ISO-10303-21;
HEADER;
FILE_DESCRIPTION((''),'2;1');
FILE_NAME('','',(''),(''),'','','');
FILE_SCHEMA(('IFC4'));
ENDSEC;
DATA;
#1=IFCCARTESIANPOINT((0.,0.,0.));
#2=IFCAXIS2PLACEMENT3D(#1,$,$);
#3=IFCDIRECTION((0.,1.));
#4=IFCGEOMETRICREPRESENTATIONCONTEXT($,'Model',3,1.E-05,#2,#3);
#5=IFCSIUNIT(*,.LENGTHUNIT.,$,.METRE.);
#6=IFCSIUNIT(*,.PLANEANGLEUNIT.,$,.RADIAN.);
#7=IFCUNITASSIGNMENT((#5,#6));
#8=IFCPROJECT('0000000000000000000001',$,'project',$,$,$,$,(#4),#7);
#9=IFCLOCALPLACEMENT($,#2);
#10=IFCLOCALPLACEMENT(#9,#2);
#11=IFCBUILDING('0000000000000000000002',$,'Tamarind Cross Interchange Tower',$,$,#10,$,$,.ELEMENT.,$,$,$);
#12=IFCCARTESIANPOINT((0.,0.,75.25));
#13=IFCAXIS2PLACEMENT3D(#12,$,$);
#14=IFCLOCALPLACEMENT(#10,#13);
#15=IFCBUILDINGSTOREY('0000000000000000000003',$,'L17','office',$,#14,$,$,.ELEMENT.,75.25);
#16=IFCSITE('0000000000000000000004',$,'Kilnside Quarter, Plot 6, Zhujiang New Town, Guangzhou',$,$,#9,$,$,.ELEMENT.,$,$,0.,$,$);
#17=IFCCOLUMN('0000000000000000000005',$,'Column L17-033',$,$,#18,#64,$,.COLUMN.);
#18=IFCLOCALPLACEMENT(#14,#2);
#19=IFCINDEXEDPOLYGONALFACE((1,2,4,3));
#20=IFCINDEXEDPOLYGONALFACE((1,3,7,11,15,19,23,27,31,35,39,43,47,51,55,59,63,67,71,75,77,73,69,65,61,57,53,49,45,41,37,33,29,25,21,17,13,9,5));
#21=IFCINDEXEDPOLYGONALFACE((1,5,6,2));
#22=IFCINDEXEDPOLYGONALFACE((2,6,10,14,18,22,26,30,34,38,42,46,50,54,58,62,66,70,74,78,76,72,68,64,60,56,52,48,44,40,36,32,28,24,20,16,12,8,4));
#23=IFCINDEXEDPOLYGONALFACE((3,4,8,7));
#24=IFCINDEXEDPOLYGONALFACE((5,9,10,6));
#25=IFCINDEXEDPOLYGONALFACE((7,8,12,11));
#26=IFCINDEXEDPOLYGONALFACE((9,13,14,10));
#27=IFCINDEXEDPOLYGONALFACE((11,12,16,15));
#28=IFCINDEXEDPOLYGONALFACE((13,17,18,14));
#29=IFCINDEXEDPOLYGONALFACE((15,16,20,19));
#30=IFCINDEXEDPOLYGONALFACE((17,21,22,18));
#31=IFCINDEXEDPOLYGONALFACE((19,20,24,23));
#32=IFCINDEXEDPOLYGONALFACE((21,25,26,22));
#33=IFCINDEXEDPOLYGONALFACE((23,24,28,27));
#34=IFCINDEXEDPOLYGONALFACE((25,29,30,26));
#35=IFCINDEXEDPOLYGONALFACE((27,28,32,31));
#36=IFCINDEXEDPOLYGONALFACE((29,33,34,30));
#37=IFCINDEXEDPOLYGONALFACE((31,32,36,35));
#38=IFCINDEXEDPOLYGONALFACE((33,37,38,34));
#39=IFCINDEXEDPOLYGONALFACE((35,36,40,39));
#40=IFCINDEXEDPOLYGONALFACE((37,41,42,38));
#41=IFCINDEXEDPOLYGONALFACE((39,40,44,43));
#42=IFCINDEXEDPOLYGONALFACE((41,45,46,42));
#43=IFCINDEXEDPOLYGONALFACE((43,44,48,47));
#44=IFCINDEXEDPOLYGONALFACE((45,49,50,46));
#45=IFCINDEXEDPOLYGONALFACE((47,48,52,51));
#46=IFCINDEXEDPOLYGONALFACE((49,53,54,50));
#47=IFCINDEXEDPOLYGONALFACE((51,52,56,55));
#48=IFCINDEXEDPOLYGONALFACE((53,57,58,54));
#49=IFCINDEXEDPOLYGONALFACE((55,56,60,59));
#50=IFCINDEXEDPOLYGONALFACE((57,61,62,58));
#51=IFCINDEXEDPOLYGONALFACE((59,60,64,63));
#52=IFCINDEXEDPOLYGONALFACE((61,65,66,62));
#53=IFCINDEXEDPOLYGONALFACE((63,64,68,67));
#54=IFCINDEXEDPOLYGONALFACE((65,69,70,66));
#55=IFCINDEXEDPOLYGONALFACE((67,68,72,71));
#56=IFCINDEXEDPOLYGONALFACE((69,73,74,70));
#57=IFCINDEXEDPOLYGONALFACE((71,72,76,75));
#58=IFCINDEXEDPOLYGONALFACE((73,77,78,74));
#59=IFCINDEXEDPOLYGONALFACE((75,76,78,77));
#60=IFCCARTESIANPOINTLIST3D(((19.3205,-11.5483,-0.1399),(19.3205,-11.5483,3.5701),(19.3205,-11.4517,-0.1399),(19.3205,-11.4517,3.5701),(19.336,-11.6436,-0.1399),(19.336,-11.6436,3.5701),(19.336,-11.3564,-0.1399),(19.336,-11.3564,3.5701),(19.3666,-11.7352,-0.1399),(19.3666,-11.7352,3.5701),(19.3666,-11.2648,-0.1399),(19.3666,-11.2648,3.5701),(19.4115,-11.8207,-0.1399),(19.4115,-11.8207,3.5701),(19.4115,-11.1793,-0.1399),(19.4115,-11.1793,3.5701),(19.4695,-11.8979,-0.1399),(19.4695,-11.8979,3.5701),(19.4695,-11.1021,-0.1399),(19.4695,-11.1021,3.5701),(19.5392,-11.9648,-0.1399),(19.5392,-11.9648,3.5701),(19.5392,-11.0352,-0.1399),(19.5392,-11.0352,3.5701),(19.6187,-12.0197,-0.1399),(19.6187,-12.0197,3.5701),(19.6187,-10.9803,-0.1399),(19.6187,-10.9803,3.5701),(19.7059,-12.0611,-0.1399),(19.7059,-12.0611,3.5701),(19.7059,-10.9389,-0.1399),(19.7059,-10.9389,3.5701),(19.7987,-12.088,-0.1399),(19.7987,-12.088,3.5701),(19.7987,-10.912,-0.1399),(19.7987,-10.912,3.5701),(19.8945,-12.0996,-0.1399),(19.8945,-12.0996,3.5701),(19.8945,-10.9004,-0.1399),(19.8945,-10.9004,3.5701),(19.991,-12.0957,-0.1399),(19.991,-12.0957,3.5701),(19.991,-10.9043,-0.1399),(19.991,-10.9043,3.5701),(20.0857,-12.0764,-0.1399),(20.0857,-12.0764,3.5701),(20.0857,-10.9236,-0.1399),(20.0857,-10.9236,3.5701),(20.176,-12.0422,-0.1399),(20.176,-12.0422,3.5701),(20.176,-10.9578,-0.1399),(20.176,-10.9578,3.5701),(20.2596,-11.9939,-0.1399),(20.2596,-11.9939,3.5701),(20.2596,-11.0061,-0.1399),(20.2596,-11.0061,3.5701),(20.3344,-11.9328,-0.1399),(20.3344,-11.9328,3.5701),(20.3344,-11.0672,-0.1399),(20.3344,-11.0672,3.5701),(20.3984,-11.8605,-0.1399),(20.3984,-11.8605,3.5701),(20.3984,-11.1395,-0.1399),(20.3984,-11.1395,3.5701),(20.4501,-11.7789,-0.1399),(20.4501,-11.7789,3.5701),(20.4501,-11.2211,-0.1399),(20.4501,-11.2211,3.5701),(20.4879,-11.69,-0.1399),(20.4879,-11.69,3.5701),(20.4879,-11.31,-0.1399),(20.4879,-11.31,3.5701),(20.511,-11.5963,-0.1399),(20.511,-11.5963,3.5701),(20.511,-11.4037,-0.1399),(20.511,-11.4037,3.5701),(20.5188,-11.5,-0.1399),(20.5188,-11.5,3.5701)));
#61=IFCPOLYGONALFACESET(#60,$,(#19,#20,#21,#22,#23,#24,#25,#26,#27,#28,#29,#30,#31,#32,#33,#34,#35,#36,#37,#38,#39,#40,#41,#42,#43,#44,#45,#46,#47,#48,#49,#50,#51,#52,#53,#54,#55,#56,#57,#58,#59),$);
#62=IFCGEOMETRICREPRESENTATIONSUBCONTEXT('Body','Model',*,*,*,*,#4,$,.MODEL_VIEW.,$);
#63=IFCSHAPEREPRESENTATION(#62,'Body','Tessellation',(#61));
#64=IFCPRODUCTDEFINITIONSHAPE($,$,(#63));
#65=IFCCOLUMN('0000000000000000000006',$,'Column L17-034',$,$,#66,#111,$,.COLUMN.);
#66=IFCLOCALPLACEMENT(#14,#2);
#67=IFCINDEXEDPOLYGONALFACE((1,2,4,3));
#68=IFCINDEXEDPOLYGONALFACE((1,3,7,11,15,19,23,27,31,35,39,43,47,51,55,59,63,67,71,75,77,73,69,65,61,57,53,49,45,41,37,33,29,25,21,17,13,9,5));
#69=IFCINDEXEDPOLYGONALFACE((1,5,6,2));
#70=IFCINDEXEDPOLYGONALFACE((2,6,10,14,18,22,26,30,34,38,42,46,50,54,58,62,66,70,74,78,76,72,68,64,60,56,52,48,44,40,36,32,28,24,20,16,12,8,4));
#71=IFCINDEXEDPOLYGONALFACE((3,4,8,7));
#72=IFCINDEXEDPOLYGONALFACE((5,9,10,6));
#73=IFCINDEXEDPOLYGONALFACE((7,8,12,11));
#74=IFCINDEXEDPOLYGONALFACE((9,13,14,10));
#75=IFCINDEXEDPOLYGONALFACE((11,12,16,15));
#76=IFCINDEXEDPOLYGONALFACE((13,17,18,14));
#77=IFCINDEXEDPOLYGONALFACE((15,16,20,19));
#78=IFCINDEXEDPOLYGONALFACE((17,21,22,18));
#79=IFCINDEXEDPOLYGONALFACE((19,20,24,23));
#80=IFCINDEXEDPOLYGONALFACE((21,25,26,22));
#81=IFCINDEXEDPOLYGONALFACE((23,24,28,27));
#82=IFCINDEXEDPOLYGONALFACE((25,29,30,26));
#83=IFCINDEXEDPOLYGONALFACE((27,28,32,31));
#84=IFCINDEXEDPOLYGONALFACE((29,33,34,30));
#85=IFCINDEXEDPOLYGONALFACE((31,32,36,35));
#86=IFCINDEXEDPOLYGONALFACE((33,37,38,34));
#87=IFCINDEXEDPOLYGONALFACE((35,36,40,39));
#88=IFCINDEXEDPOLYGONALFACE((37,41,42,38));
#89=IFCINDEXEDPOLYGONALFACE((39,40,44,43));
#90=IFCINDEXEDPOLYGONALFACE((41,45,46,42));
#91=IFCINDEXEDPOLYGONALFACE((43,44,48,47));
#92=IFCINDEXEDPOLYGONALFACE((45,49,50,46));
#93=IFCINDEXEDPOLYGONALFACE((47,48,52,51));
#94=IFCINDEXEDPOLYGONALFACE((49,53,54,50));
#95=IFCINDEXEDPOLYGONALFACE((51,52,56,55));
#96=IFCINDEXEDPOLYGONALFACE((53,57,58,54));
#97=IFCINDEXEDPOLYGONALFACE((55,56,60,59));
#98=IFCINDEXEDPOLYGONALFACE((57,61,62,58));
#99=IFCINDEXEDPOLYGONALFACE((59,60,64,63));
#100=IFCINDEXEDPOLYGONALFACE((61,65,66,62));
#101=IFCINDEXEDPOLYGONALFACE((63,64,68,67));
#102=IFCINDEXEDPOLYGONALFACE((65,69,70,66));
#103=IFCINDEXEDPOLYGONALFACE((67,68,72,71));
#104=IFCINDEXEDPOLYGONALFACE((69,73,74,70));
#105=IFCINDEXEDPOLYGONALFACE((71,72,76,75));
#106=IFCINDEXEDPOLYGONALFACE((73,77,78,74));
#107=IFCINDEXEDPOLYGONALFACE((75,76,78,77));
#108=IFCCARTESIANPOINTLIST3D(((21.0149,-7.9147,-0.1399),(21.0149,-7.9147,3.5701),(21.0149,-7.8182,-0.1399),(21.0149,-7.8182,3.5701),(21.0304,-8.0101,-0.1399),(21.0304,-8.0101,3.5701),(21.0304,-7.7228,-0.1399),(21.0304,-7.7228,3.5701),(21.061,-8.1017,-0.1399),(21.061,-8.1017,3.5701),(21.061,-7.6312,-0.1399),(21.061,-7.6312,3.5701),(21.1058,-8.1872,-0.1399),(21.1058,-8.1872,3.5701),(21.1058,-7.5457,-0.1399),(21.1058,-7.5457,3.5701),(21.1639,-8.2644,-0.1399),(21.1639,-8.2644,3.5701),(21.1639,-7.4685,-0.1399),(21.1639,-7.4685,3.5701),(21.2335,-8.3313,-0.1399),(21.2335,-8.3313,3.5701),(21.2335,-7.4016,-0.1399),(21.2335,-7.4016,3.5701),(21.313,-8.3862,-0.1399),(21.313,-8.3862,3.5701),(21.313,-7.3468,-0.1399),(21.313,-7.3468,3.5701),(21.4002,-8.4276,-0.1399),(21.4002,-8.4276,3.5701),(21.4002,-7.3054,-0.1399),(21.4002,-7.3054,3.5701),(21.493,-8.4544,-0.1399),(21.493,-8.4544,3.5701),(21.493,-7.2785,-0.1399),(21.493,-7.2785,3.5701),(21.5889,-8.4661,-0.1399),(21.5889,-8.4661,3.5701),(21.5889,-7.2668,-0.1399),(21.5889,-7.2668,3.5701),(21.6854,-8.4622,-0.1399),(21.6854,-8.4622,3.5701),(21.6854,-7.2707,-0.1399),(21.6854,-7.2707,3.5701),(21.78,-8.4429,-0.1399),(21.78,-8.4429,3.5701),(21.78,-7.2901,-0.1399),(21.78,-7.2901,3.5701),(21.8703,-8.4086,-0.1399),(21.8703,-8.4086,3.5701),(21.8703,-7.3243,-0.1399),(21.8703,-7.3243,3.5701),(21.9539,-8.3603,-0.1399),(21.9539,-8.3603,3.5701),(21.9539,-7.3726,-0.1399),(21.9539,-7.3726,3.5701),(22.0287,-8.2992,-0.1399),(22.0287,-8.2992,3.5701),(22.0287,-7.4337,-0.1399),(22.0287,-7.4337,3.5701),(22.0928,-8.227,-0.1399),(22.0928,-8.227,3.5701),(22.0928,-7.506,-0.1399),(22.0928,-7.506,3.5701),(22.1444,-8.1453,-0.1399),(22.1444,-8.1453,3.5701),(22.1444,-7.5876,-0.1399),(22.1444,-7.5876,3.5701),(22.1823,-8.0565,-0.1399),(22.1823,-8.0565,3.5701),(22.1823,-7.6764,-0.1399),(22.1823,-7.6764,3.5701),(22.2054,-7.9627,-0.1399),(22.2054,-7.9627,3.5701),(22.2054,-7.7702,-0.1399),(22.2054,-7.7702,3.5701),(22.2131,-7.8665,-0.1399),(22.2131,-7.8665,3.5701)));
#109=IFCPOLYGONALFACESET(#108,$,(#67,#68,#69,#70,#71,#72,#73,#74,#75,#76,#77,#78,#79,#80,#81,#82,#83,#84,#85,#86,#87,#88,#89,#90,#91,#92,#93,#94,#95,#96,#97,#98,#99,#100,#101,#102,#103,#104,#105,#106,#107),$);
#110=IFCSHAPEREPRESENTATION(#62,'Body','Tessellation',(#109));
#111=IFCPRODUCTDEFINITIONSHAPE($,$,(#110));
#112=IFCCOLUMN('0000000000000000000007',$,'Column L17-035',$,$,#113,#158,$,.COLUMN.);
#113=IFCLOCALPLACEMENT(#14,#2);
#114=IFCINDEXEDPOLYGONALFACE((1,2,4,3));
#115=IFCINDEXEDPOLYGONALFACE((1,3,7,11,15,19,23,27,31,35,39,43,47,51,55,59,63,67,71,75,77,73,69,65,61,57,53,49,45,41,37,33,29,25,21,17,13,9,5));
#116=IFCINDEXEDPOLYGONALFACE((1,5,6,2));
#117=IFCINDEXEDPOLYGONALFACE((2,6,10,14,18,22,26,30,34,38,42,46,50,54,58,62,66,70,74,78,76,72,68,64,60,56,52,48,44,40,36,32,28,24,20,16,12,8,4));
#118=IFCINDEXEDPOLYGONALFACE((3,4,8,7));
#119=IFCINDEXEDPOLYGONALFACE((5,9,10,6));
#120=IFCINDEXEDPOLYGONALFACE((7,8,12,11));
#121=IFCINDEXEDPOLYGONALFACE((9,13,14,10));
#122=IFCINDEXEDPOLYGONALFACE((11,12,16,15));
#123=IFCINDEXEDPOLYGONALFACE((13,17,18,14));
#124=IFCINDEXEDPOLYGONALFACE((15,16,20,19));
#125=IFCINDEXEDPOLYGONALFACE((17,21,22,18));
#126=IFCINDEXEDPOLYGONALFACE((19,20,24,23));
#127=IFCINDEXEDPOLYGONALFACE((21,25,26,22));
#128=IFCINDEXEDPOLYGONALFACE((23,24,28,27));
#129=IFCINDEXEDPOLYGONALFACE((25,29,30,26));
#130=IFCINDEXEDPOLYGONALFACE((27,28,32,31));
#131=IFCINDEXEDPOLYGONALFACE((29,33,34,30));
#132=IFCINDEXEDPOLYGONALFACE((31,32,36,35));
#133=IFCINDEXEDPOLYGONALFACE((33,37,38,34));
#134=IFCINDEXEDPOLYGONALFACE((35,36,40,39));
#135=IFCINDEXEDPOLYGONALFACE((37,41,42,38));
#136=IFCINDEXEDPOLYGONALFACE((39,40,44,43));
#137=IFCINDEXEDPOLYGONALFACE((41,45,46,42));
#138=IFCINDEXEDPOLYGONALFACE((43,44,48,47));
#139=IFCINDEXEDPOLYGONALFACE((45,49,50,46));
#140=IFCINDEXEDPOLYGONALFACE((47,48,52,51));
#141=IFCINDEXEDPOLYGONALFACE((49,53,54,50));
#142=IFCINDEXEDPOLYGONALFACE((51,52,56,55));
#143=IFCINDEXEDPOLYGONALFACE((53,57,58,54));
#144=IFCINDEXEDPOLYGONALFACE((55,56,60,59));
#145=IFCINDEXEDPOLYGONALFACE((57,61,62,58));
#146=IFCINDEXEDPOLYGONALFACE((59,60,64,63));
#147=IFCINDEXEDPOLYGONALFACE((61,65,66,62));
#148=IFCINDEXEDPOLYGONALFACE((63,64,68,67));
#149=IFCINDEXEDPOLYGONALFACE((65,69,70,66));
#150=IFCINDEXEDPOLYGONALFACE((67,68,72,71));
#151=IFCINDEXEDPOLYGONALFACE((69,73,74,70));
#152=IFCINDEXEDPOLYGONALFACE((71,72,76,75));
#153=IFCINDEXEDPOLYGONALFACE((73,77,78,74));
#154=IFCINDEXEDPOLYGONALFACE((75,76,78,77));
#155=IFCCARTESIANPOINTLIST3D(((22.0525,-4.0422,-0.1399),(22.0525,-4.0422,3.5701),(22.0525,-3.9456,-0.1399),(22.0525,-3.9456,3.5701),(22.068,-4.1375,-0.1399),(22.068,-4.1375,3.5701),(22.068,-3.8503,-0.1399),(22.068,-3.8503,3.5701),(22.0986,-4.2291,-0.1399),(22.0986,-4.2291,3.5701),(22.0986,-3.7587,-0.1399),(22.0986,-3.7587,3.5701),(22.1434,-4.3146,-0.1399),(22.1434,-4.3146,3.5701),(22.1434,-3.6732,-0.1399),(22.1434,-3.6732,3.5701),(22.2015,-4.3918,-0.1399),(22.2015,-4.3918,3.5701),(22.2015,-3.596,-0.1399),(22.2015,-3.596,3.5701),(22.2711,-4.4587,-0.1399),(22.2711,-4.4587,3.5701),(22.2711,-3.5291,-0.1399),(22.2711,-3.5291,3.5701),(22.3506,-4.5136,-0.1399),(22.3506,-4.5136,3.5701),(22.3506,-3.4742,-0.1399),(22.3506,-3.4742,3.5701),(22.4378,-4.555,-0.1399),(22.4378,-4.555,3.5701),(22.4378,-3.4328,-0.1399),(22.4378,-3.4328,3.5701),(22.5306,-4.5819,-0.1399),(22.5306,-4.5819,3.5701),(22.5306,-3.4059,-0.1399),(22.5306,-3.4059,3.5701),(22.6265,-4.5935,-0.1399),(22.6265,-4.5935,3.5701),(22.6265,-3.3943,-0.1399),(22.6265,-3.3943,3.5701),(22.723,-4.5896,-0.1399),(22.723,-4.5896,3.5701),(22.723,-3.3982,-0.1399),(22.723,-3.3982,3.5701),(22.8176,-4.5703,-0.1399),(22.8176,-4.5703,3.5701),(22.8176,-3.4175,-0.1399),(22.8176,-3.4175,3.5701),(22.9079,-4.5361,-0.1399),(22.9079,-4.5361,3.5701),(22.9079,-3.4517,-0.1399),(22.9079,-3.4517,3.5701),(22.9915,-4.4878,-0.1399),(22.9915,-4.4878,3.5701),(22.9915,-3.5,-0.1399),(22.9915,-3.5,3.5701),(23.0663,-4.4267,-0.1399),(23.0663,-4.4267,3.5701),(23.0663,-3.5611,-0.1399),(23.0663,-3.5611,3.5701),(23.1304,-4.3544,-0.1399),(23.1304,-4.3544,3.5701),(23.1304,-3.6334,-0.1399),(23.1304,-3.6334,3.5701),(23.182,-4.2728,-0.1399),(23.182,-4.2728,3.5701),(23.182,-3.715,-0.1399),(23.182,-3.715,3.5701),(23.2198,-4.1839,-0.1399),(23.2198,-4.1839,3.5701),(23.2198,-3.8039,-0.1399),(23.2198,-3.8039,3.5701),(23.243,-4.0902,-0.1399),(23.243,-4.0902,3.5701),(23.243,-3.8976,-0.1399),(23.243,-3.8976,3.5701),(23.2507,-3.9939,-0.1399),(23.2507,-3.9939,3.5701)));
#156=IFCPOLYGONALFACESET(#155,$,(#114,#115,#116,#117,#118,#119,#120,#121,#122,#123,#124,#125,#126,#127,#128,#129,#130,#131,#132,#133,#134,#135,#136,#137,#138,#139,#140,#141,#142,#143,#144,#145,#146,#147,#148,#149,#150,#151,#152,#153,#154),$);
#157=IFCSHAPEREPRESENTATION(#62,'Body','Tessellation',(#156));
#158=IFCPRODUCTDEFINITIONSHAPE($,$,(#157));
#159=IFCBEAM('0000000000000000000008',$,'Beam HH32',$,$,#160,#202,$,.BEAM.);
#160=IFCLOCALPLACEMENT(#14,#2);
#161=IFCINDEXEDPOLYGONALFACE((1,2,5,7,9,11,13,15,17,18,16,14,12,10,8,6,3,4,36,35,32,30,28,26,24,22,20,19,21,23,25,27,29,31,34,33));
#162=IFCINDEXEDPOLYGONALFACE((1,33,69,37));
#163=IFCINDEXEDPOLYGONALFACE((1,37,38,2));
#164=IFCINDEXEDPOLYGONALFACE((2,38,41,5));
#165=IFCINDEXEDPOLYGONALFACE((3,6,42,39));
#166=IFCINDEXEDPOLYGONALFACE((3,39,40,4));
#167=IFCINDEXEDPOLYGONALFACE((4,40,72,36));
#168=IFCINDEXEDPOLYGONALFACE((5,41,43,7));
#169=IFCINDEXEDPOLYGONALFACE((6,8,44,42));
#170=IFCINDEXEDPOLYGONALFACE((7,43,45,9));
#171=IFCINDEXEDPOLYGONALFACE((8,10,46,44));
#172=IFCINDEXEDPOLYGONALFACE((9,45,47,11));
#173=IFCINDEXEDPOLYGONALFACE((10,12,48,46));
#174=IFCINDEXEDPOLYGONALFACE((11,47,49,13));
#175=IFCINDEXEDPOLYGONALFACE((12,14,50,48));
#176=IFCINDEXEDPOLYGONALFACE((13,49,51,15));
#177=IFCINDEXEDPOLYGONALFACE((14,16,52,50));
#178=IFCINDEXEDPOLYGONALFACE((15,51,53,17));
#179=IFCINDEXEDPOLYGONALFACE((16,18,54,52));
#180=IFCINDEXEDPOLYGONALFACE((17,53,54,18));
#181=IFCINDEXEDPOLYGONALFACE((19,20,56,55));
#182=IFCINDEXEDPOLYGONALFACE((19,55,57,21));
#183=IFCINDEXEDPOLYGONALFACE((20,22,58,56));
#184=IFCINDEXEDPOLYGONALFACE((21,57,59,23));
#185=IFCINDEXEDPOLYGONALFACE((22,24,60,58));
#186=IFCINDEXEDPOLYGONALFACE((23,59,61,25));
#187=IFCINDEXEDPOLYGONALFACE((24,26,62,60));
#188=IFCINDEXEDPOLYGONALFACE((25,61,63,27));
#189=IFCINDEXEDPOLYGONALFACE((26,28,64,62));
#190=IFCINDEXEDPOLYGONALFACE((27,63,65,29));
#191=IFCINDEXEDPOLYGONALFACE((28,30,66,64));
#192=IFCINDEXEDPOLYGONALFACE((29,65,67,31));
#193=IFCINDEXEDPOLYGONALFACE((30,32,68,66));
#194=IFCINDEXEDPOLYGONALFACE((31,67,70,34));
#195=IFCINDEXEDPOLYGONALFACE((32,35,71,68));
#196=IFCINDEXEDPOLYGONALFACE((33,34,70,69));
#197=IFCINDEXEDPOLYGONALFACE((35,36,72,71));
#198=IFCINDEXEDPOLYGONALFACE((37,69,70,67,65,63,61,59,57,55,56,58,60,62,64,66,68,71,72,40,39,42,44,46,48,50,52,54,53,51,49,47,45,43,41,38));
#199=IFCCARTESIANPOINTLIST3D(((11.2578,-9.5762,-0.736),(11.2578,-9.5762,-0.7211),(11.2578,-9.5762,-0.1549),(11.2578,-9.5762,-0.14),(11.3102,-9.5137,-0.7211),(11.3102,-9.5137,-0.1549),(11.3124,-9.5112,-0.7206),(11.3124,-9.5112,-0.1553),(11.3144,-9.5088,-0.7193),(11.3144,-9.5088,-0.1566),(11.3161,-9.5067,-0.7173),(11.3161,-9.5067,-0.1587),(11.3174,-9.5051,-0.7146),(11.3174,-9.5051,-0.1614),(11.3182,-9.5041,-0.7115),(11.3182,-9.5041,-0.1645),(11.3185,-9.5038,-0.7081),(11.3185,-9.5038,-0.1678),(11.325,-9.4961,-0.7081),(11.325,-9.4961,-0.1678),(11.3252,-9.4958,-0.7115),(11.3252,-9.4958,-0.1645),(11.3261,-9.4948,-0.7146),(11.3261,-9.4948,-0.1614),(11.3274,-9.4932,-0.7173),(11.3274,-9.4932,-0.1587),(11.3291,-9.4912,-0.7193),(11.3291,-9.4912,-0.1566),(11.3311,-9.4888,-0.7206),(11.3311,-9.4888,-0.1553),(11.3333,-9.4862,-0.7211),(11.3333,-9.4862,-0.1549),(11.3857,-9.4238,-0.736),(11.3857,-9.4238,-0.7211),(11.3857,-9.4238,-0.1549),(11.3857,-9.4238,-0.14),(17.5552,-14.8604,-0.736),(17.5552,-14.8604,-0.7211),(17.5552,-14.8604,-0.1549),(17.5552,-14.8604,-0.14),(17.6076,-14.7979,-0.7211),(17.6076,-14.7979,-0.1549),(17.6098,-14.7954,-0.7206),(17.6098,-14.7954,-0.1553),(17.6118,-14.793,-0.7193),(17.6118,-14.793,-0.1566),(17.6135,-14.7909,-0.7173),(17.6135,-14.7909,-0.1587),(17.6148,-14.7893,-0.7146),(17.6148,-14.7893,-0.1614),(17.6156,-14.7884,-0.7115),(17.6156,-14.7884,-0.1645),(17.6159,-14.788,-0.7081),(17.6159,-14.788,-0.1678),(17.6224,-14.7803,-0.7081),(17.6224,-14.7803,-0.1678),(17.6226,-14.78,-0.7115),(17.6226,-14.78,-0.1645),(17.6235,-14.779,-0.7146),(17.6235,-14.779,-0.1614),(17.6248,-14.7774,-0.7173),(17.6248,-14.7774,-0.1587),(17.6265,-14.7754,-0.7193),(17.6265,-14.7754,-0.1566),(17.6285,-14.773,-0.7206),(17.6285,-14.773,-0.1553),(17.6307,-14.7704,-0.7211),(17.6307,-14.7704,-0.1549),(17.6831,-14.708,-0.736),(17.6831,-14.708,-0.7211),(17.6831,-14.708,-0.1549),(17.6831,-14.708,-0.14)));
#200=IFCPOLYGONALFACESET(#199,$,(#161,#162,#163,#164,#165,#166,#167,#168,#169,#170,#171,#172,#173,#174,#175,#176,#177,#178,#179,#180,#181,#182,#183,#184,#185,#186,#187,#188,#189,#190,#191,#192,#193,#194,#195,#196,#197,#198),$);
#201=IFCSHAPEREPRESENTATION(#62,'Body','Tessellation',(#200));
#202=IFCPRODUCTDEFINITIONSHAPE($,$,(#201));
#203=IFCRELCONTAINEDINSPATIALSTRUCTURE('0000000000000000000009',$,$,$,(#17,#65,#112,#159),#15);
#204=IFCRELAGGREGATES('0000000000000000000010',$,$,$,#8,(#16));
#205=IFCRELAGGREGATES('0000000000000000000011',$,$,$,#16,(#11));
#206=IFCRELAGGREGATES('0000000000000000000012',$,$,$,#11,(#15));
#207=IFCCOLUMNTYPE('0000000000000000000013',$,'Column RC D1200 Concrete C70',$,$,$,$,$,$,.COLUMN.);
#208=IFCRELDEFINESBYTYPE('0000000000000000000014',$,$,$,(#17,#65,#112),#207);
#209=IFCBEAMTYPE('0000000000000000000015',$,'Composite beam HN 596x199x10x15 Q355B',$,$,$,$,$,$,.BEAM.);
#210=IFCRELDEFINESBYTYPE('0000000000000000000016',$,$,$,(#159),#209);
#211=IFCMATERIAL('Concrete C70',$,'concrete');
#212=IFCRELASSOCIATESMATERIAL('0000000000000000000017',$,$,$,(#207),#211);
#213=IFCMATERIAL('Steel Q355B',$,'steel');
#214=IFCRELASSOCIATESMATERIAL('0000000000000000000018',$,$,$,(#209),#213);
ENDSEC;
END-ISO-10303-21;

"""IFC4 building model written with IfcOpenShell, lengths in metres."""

from ifc_helpers import new_model, si_unit, direction, frame, origin, origin_2d, place, context, subcontext, project, spatial, circle, i_section, extrude, material, material_profile, profile_set, type_object, element, save


model = new_model("IFC4")

# Units and contexts
model_context = context("Model", 3, precision=1e-05, world=origin(), true_north=direction((0.0, 1.0)))
body_context = subcontext(model_context, "Body", "Model", "MODEL_VIEW")
ifc_project = project(units=[si_unit("LENGTHUNIT", "METRE"), si_unit("PLANEANGLEUNIT", "RADIAN")], contexts=[model_context])

# Site, building, storey
site_placement = place(None, origin())
site = spatial("IfcSite", under=ifc_project, at=site_placement, Name="Kilnside Quarter, Plot 6, Zhujiang New Town, Guangzhou", CompositionType="ELEMENT", RefElevation=0.0)
building_placement = place(site_placement, origin())
building = spatial("IfcBuilding", under=site, at=building_placement, Name="Tamarind Cross Interchange Tower", CompositionType="ELEMENT")
storey_placement = place(building_placement, frame((0.0, 0.0, 75.25)))
storey = spatial("IfcBuildingStorey", under=building, at=storey_placement, Name="L17", Description="office", CompositionType="ELEMENT", Elevation=75.25)

# Columns
ifc_material_1 = material(Name="Concrete C70", Category="concrete")
ifc_material_profile_1 = material_profile(ifc_material_1, circle(Radius=0.6001, at=origin_2d()), Name="RC D1200")
ifc_profile_set_1 = profile_set([ifc_material_profile_1], Name="Concrete C70")
column_type = type_object("IfcColumnType", Name="Column RC D1200 Concrete C70", PredefinedType="COLUMN", material=ifc_profile_set_1)
for number, where, z_axis, x_axis, name in (
    (1, (19.9187, -11.5, -0.1399), (0.0, 0.0, 1.0), (1.0, 0.0, 0.0), "Column L17-033"),
    (2, (21.613, -7.8665, -0.1399), (0.0, 0.0, 1.0), (1.0, 0.0, 0.0), "Column L17-034"),
    (3, (22.6506, -3.9939, -0.1399), (0.0, 0.0, 1.0), (1.0, 0.0, 0.0), "Column L17-035"),
):
    element("IfcColumn", number, at=place(storey_placement, frame(where, z_axis=z_axis, x_axis=x_axis)), inside=storey, type_object=column_type, Name=name, PredefinedType="COLUMN", context=body_context, shape_type="SweptSolid", body=[
        extrude(circle(Radius=0.6001, at=origin_2d()), origin(), (0.0, 0.0, 1.0), 3.71),
    ])

# Beam
ifc_material_2 = material(Name="Steel Q355B", Category="steel")
ifc_material_profile_2 = material_profile(ifc_material_2, i_section(OverallWidth=0.199, OverallDepth=0.5959, WebThickness=0.01, FlangeThickness=0.0149, FilletRadius=0.0129, at=origin_2d()), Name="HN 596x199x10x15")
ifc_profile_set_2 = profile_set([ifc_material_profile_2], Name="Steel Q355B")
beam_type_1 = type_object("IfcBeamType", Name="Composite beam HN 596x199x10x15 Q355B", PredefinedType="BEAM", material=ifc_profile_set_2)
beam_1_placement = place(storey_placement, frame((17.6191, -14.7842, -0.438), z_axis=(-0.766041, 0.642792, 0.0), x_axis=(-0.642792, -0.766041, 0.0)))
element("IfcBeam", 4, at=beam_1_placement, inside=storey, type_object=beam_type_1, Name="Beam HH32", PredefinedType="BEAM", context=body_context, shape_type="SweptSolid", body=[
    extrude(i_section(OverallWidth=0.199, OverallDepth=0.5959, WebThickness=0.01, FlangeThickness=0.0149, FilletRadius=0.0129, at=origin_2d()), origin(), (0.0, 0.0, 1.0), 8.2207),
])

save(model, "model.ifc")
